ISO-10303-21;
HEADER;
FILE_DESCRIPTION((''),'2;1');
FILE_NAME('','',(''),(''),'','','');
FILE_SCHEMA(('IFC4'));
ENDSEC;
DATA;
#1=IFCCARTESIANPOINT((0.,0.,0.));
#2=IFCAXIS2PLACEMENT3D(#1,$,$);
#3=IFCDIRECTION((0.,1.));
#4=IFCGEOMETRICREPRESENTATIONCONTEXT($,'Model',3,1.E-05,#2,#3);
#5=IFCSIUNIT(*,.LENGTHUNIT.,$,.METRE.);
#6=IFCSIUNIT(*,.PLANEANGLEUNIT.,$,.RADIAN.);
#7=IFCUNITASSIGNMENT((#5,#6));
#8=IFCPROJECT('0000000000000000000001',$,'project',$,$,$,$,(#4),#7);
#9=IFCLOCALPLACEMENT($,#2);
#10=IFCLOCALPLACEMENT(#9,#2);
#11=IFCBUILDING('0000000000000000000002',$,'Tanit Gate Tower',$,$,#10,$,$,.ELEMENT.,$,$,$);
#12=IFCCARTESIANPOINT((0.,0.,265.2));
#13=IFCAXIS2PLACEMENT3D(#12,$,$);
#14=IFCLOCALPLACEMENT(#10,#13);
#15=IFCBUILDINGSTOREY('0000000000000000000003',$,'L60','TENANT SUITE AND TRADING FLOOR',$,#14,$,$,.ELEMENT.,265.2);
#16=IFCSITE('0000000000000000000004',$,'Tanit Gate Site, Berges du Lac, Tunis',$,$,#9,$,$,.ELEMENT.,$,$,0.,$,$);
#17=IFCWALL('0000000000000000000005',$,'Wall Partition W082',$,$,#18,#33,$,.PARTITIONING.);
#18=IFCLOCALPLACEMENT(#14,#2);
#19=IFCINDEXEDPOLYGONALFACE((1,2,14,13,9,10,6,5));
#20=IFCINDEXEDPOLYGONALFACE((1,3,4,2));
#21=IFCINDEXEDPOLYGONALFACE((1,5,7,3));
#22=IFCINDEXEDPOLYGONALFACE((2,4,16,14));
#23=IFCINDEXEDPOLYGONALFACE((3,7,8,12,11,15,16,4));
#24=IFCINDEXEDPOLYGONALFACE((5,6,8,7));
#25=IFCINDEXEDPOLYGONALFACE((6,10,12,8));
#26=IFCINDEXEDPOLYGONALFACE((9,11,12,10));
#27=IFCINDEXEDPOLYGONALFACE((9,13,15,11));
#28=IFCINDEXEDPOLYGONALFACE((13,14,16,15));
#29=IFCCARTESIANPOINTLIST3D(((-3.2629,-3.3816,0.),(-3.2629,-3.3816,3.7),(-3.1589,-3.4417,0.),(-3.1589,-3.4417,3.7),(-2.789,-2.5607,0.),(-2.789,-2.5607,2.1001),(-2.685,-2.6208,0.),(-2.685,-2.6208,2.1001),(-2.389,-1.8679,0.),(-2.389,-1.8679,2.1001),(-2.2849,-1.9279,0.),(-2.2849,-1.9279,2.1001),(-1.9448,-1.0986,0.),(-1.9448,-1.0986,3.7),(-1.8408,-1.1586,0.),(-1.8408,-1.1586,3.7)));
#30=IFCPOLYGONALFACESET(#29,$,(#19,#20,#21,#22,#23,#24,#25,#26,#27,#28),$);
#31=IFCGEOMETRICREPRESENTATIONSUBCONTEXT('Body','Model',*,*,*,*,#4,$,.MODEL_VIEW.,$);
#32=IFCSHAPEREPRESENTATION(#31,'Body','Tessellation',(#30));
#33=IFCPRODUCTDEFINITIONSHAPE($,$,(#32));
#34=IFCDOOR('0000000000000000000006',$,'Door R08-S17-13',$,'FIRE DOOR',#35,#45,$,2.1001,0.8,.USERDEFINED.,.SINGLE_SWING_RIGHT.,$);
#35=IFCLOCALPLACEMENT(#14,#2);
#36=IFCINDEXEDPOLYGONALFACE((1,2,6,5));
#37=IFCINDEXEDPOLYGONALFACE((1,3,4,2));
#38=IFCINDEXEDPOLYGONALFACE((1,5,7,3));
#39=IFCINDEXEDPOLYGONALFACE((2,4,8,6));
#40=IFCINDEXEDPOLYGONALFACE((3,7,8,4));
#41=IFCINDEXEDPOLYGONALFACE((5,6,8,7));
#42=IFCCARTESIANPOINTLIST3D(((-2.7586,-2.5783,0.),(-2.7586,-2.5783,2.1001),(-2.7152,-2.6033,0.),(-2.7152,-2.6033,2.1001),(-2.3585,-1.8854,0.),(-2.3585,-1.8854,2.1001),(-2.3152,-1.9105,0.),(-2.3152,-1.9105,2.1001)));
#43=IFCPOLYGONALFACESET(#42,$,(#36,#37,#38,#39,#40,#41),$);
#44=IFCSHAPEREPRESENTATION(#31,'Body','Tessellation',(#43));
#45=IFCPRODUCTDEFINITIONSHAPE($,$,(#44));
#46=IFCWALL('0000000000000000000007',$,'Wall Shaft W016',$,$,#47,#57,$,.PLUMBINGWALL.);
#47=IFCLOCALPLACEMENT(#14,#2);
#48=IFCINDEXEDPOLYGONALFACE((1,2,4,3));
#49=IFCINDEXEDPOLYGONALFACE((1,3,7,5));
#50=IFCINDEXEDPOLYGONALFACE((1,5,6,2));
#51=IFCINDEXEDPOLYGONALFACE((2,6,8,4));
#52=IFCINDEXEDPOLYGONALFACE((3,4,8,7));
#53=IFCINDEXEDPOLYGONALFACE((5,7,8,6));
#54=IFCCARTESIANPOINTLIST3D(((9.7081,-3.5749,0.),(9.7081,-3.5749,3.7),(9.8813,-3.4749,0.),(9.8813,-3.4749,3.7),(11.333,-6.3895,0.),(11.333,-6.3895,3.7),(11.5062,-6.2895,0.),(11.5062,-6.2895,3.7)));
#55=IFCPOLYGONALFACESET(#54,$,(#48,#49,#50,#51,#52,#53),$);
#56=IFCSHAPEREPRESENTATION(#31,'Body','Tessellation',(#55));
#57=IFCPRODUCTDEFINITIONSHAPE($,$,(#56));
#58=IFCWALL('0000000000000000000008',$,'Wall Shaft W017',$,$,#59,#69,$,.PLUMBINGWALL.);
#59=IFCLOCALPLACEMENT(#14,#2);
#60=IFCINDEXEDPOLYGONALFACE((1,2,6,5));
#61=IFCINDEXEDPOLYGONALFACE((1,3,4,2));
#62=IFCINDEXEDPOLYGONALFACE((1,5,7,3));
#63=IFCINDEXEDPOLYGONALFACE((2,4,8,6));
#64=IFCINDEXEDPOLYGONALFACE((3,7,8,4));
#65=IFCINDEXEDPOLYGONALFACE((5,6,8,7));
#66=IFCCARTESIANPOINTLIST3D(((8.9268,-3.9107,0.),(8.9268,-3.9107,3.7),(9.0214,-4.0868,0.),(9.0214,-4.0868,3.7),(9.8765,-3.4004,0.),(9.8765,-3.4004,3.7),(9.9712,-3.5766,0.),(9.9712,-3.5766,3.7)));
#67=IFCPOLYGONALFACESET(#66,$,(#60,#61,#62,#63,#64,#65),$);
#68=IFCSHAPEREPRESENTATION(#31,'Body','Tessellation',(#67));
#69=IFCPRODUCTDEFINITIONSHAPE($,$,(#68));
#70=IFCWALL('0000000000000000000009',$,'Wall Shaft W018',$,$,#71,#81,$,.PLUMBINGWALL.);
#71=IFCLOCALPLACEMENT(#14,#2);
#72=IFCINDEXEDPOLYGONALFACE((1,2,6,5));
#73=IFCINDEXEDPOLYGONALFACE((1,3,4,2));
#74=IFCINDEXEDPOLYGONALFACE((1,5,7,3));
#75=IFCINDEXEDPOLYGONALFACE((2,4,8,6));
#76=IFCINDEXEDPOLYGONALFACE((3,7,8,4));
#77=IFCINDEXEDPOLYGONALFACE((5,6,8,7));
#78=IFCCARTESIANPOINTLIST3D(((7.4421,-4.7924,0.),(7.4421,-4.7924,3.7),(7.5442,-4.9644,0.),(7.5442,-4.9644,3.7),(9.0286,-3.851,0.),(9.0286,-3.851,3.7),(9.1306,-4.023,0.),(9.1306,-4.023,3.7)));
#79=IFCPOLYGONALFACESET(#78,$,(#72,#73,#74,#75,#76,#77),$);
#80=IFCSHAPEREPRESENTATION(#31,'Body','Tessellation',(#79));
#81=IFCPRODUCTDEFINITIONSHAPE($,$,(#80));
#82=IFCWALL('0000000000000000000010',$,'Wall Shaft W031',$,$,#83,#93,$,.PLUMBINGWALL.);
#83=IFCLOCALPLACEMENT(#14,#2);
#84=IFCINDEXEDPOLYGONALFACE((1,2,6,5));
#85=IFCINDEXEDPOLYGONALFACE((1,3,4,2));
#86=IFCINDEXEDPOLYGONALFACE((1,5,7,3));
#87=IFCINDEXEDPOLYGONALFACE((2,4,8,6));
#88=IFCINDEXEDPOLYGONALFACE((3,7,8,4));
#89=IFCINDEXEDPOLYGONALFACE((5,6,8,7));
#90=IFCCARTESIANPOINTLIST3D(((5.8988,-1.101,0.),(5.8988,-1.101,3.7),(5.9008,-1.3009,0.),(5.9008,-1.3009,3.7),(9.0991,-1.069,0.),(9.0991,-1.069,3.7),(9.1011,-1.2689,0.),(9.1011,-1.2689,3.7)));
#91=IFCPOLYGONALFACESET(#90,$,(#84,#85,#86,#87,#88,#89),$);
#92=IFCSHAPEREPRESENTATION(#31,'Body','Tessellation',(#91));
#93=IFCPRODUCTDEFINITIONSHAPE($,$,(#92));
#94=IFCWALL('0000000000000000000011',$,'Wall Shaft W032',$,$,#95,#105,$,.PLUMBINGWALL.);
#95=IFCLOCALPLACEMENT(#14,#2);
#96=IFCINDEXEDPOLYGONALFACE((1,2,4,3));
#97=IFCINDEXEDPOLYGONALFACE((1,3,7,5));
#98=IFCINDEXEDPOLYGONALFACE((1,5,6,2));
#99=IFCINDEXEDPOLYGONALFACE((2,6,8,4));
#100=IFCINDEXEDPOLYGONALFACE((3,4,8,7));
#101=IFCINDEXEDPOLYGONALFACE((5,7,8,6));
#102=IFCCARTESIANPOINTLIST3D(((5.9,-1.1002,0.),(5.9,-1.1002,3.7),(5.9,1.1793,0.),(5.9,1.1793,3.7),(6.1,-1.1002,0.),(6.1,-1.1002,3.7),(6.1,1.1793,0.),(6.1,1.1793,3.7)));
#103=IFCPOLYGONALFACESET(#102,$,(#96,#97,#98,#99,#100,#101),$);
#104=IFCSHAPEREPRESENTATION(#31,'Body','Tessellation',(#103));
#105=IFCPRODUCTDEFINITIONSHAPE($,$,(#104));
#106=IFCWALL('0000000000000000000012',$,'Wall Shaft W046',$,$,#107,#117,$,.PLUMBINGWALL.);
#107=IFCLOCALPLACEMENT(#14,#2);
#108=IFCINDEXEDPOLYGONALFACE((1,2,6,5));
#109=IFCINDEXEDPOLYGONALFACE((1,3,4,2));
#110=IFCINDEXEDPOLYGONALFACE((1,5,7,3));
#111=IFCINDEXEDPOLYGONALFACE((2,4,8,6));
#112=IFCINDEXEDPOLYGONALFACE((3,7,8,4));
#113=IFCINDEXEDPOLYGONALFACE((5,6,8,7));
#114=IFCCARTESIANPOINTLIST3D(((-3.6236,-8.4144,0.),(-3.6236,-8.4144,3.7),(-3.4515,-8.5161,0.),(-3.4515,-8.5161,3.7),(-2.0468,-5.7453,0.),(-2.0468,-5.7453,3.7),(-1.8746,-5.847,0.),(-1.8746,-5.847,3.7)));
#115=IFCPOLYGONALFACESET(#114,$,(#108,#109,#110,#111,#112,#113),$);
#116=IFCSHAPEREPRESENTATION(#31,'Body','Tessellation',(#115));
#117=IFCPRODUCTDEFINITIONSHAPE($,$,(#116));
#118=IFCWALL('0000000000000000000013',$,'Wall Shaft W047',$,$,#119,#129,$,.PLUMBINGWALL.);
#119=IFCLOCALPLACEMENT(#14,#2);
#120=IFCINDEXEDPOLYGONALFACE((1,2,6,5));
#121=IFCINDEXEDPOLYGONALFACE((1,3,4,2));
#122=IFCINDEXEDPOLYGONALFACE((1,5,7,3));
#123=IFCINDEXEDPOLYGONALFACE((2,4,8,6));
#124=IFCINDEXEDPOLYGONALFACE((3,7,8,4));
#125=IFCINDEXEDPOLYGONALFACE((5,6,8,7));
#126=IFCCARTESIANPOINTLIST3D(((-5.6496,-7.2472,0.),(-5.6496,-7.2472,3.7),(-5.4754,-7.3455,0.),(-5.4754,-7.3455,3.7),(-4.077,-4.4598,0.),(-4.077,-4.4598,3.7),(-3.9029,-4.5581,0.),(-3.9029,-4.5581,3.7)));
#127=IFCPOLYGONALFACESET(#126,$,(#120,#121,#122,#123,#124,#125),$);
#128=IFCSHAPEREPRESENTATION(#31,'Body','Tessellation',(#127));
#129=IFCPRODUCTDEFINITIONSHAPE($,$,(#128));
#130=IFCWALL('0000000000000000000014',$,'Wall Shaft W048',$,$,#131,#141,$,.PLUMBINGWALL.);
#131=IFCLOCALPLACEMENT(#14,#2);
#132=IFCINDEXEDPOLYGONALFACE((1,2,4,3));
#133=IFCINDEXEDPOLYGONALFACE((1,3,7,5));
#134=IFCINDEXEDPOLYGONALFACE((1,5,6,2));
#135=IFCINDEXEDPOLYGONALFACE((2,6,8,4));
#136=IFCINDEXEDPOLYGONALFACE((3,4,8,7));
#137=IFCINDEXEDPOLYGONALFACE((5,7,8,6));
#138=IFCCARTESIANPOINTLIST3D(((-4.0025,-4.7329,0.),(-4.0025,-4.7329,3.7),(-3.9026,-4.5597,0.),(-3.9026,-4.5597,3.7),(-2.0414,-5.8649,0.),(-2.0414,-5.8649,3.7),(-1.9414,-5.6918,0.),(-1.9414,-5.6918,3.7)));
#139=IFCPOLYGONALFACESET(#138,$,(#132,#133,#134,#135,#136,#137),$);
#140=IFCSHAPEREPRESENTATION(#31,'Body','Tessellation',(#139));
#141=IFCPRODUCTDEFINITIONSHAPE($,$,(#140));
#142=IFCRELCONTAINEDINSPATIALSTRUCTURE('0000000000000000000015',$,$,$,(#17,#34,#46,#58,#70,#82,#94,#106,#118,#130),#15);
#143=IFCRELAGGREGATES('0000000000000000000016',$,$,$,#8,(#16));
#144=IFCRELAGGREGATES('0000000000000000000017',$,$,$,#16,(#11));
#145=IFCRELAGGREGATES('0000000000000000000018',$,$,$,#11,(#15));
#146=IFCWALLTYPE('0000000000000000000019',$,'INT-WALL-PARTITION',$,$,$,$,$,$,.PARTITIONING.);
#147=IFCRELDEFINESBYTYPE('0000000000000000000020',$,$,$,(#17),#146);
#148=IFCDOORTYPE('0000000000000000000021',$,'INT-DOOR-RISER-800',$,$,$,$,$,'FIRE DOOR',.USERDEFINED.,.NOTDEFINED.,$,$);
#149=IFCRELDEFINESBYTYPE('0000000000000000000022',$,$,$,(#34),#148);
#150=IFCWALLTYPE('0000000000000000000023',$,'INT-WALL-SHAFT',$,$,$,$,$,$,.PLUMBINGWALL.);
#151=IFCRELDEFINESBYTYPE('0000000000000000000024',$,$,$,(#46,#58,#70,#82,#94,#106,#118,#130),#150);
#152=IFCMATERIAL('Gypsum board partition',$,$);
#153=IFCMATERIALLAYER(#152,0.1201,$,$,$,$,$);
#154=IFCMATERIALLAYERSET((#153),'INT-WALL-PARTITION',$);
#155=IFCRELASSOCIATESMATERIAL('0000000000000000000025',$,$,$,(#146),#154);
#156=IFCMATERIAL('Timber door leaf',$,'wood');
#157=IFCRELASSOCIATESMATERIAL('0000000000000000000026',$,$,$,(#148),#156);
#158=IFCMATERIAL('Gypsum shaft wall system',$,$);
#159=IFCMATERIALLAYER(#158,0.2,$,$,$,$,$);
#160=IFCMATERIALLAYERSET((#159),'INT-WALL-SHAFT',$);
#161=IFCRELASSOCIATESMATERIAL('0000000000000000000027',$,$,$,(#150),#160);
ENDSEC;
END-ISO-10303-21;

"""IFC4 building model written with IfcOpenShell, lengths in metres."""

from ifc_helpers import new_model, si_unit, direction, frame, frame_2d, origin, place, context, subcontext, project, spatial, rectangle, extrude, material, layer, layer_set, type_object, element, fill, save


model = new_model("IFC4")

# Units and contexts
model_context = context("Model", 3, precision=1e-05, world=origin(), true_north=direction((0.0, 1.0)))
body_context = subcontext(model_context, "Body", "Model", "MODEL_VIEW")
ifc_project = project(units=[si_unit("LENGTHUNIT", "METRE"), si_unit("PLANEANGLEUNIT", "RADIAN")], contexts=[model_context])

# Site, building, storey
site_placement = place(None, origin())
site = spatial("IfcSite", under=ifc_project, at=site_placement, Name="Tanit Gate Site, Berges du Lac, Tunis", CompositionType="ELEMENT", RefElevation=0.0)
building_placement = place(site_placement, origin())
building = spatial("IfcBuilding", under=site, at=building_placement, Name="Tanit Gate Tower", CompositionType="ELEMENT")
storey_placement = place(building_placement, frame((0.0, 0.0, 265.2)))
storey = spatial("IfcBuildingStorey", under=building, at=storey_placement, Name="L60", Description="TENANT SUITE AND TRADING FLOOR", CompositionType="ELEMENT", Elevation=265.2)

# Shared definitions
ifc_material_1 = material(Name="Gypsum board partition")
ifc_layer_1 = layer(ifc_material_1, 0.1201)
ifc_layer_set_1 = layer_set([ifc_layer_1], Name="INT-WALL-PARTITION")
wall_type_1 = type_object("IfcWallType", Name="INT-WALL-PARTITION", PredefinedType="PARTITIONING", material=ifc_layer_set_1)
ifc_material_2 = material(Name="Timber door leaf", Category="wood")
door_type_1 = type_object("IfcDoorType", Name="INT-DOOR-RISER-800", ElementType="FIRE DOOR", OperationType="NOTDEFINED", PredefinedType="USERDEFINED", material=ifc_material_2)

# Wall, opening, door
wall_1_placement = place(storey_placement, frame((-3.2109, -3.4116, 0.0), z_axis=(0.0, 0.0, 1.0), x_axis=(0.500014, 0.866017, 0.0)))
wall_1 = element("IfcWall", 1, at=wall_1_placement, inside=storey, type_object=wall_type_1, Name="Wall Partition W082", PredefinedType="PARTITIONING", context=body_context, shape_type="SweptSolid", body=[
    extrude(rectangle(XDim=2.6362, YDim=0.1201, at=frame_2d((1.3181, 0.0))), origin(), (0.0, 0.0, 1.0), 3.7),
])
opening_1_placement = place(wall_1_placement, frame((0.948, 0.0, 0.0)))
opening_1 = element("IfcOpeningElement", 2, at=opening_1_placement, cuts=wall_1, PredefinedType="OPENING", context=body_context, shape_type="SweptSolid", body=[
    extrude(rectangle(XDim=0.8, YDim=2.1001, at=frame_2d((0.3999, 1.05))), frame((0.0, 0.0701, 0.0), z_axis=(0.0, -1.0, 0.0), x_axis=(1.0, 0.0, 0.0)), (0.0, 0.0, 1.0), 0.1401),
])
door_1_placement = place(opening_1_placement, origin())
door_1 = element("IfcDoor", 3, at=door_1_placement, inside=storey, type_object=door_type_1, Name="Door R08-S17-13", ObjectType="FIRE DOOR", OperationType="SINGLE_SWING_RIGHT", OverallHeight=2.1001, OverallWidth=0.8, PredefinedType="USERDEFINED", context=body_context, shape_type="SweptSolid", body=[
    extrude(rectangle(XDim=0.8, YDim=2.1001, at=frame_2d((0.3999, 1.05))), frame((0.0, 0.0249, 0.0), z_axis=(0.0, -1.0, 0.0), x_axis=(1.0, 0.0, 0.0)), (0.0, 0.0, 1.0), 0.05),
])
fill(opening_1, door_1)

# Walls
ifc_material_3 = material(Name="Gypsum shaft wall system")
ifc_layer_2 = layer(ifc_material_3, 0.2)
ifc_layer_set_2 = layer_set([ifc_layer_2], Name="INT-WALL-SHAFT")
wall_type_2 = type_object("IfcWallType", Name="INT-WALL-SHAFT", PredefinedType="PLUMBINGWALL", material=ifc_layer_set_2)
wall_2_placement = place(storey_placement, frame((9.7947, -3.5249, 0.0), z_axis=(0.0, 0.0, 1.0), x_axis=(0.499985, -0.866034, 0.0)))
element("IfcWall", 4, at=wall_2_placement, inside=storey, type_object=wall_type_2, Name="Wall Shaft W016", PredefinedType="PLUMBINGWALL", context=body_context, shape_type="SweptSolid", body=[
    extrude(rectangle(XDim=3.25, YDim=0.2, at=frame_2d((1.625, 0.0))), origin(), (0.0, 0.0, 1.0), 3.7),
])
wall_3_placement = place(storey_placement, frame((8.9741, -3.9988, 0.0), z_axis=(0.0, 0.0, 1.0), x_axis=(0.880907, 0.473289, 0.0)))
element("IfcWall", 5, at=wall_3_placement, inside=storey, type_object=wall_type_2, Name="Wall Shaft W017", PredefinedType="PLUMBINGWALL", context=body_context, shape_type="SweptSolid", body=[
    extrude(rectangle(XDim=1.0781, YDim=0.2, at=frame_2d((0.5391, 0.0))), origin(), (0.0, 0.0, 1.0), 3.7),
])
wall_4_placement = place(storey_placement, frame((7.4932, -4.8784, 0.0), z_axis=(0.0, 0.0, 1.0), x_axis=(0.859982, 0.510325, 0.0)))
element("IfcWall", 6, at=wall_4_placement, inside=storey, type_object=wall_type_2, Name="Wall Shaft W018", PredefinedType="PLUMBINGWALL", context=body_context, shape_type="SweptSolid", body=[
    extrude(rectangle(XDim=1.8447, YDim=0.2, at=frame_2d((0.9224, 0.0))), origin(), (0.0, 0.0, 1.0), 3.7),
])
wall_5_placement = place(storey_placement, frame((5.8999, -1.2009, 0.0), z_axis=(0.0, 0.0, 1.0), x_axis=(0.99995, 0.009993, 0.0)))
element("IfcWall", 7, at=wall_5_placement, inside=storey, type_object=wall_type_2, Name="Wall Shaft W031", PredefinedType="PLUMBINGWALL", context=body_context, shape_type="SweptSolid", body=[
    extrude(rectangle(XDim=3.2004, YDim=0.2, at=frame_2d((1.6001, 0.0))), origin(), (0.0, 0.0, 1.0), 3.7),
])
wall_6_placement = place(storey_placement, frame((6.0, -1.1001, 0.0), z_axis=(0.0, 0.0, 1.0), x_axis=(0.0, 1.0, 0.0)))
element("IfcWall", 8, at=wall_6_placement, inside=storey, type_object=wall_type_2, Name="Wall Shaft W032", PredefinedType="PLUMBINGWALL", context=body_context, shape_type="SweptSolid", body=[
    extrude(rectangle(XDim=2.2795, YDim=0.2, at=frame_2d((1.1396, 0.0))), origin(), (0.0, 0.0, 1.0), 3.7),
])

# Walls
wall_7_placement = place(storey_placement, frame((-1.9607, -5.7961, 0.0), z_axis=(0.0, 0.0, 1.0), x_axis=(-0.508647, -0.860975, 0.0)))
element("IfcWall", 9, at=wall_7_placement, inside=storey, type_object=wall_type_2, Name="Wall Shaft W046", PredefinedType="PLUMBINGWALL", context=body_context, shape_type="SweptSolid", body=[
    extrude(rectangle(XDim=3.1001, YDim=0.2, at=frame_2d((1.55, 0.0))), origin(), (0.0, 0.0, 1.0), 3.7),
])
wall_8_placement = place(storey_placement, frame((-3.99, -4.509, 0.0), z_axis=(0.0, 0.0, 1.0), x_axis=(-0.491358, -0.870958, 0.0)))
element("IfcWall", 10, at=wall_8_placement, inside=storey, type_object=wall_type_2, Name="Wall Shaft W047", PredefinedType="PLUMBINGWALL", context=body_context, shape_type="SweptSolid", body=[
    extrude(rectangle(XDim=3.2004, YDim=0.2, at=frame_2d((1.6001, 0.0))), origin(), (0.0, 0.0, 1.0), 3.7),
])
wall_9_placement = place(storey_placement, frame((-3.9526, -4.6462, 0.0), z_axis=(0.0, 0.0, 1.0), x_axis=(0.866065, -0.499931, 0.0)))
element("IfcWall", 11, at=wall_9_placement, inside=storey, type_object=wall_type_2, Name="Wall Shaft W048", PredefinedType="PLUMBINGWALL", context=body_context, shape_type="SweptSolid", body=[
    extrude(rectangle(XDim=2.2644, YDim=0.2, at=frame_2d((1.1323, 0.0))), origin(), (0.0, 0.0, 1.0), 3.7),
])

save(model, "model.ifc")
